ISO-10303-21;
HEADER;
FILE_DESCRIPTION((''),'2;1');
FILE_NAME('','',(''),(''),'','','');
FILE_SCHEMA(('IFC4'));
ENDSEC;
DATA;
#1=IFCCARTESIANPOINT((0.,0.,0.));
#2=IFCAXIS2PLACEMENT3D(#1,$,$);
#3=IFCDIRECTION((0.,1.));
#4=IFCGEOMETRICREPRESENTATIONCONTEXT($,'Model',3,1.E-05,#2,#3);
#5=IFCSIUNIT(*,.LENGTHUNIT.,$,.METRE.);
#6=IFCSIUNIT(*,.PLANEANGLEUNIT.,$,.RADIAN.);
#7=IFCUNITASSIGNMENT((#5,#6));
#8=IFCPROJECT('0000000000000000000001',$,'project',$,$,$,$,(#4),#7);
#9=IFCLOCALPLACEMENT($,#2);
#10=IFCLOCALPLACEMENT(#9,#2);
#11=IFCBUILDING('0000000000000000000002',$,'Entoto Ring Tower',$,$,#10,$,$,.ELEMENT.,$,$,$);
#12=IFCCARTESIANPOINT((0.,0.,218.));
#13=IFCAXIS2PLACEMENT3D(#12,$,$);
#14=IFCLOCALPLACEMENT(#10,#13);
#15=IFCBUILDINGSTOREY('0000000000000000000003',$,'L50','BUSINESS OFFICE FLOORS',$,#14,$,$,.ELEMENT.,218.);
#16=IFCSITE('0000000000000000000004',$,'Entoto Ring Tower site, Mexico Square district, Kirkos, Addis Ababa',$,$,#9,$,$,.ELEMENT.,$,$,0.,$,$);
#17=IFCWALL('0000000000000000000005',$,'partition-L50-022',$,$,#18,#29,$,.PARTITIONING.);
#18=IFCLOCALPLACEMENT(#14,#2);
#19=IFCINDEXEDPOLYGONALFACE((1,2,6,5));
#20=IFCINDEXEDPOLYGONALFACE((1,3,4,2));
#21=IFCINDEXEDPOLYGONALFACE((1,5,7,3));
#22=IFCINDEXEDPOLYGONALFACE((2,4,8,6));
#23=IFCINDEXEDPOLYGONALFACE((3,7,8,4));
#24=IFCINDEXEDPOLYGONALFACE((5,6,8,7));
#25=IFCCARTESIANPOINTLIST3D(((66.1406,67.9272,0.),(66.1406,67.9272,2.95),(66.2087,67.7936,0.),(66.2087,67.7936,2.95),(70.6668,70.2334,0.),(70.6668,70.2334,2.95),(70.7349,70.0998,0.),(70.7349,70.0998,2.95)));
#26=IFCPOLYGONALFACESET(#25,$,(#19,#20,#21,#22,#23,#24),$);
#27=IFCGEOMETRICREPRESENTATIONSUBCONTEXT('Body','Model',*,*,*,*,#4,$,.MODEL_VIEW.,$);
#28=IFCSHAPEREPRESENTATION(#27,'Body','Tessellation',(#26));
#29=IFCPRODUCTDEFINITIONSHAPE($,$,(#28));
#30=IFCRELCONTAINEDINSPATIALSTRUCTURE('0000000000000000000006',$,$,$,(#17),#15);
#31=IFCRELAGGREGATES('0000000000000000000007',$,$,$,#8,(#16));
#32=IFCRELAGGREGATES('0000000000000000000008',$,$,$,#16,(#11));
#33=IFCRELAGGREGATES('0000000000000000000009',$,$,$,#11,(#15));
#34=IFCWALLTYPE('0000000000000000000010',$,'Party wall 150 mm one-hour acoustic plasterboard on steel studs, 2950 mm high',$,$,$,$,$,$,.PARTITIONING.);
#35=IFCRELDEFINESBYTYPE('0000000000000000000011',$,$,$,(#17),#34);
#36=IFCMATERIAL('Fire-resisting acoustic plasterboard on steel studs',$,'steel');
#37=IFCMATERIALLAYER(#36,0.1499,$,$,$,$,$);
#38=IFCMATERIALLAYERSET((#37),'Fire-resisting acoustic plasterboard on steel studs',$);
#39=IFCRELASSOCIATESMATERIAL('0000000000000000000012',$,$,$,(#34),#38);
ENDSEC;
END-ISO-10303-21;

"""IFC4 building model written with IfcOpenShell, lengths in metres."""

from ifc_helpers import new_model, si_unit, direction, frame, frame_2d, origin, place, context, subcontext, project, spatial, rectangle, extrude, material, layer, layer_set, type_object, element, save


model = new_model("IFC4")

# Units and contexts
model_context = context("Model", 3, precision=1e-05, world=origin(), true_north=direction((0.0, 1.0)))
body_context = subcontext(model_context, "Body", "Model", "MODEL_VIEW")
ifc_project = project(units=[si_unit("LENGTHUNIT", "METRE"), si_unit("PLANEANGLEUNIT", "RADIAN")], contexts=[model_context])

# Site, building, storey
site_placement = place(None, origin())
site = spatial("IfcSite", under=ifc_project, at=site_placement, Name="Entoto Ring Tower site, Mexico Square district, Kirkos, Addis Ababa", CompositionType="ELEMENT", RefElevation=0.0)
building_placement = place(site_placement, origin())
building = spatial("IfcBuilding", under=site, at=building_placement, Name="Entoto Ring Tower", CompositionType="ELEMENT")
storey_placement = place(building_placement, frame((0.0, 0.0, 218.0)))
storey = spatial("IfcBuildingStorey", under=building, at=storey_placement, Name="L50", Description="BUSINESS OFFICE FLOORS", CompositionType="ELEMENT", Elevation=218.0)

# Wall
ifc_material_1 = material(Name="Fire-resisting acoustic plasterboard on steel studs", Category="steel")
ifc_layer_1 = layer(ifc_material_1, 0.1499)
ifc_layer_set_1 = layer_set([ifc_layer_1], Name="Fire-resisting acoustic plasterboard on steel studs")
wall_type_1 = type_object("IfcWallType", Name="Party wall 150 mm one-hour acoustic plasterboard on steel studs, 2950 mm high", PredefinedType="PARTITIONING", material=ifc_layer_set_1)
wall_1_placement = place(storey_placement, frame((66.1746, 67.8604, 0.0), z_axis=(0.0, 0.0, 1.0), x_axis=(0.891008, 0.453987, 0.0)))
element("IfcWall", 1, at=wall_1_placement, inside=storey, type_object=wall_type_1, Name="partition-L50-022", PredefinedType="PARTITIONING", context=body_context, shape_type="SweptSolid", body=[
    extrude(rectangle(XDim=5.0798, YDim=0.1499, at=frame_2d((2.54, 0.0))), origin(), (0.0, 0.0, 1.0), 2.95),
])

save(model, "model.ifc")
